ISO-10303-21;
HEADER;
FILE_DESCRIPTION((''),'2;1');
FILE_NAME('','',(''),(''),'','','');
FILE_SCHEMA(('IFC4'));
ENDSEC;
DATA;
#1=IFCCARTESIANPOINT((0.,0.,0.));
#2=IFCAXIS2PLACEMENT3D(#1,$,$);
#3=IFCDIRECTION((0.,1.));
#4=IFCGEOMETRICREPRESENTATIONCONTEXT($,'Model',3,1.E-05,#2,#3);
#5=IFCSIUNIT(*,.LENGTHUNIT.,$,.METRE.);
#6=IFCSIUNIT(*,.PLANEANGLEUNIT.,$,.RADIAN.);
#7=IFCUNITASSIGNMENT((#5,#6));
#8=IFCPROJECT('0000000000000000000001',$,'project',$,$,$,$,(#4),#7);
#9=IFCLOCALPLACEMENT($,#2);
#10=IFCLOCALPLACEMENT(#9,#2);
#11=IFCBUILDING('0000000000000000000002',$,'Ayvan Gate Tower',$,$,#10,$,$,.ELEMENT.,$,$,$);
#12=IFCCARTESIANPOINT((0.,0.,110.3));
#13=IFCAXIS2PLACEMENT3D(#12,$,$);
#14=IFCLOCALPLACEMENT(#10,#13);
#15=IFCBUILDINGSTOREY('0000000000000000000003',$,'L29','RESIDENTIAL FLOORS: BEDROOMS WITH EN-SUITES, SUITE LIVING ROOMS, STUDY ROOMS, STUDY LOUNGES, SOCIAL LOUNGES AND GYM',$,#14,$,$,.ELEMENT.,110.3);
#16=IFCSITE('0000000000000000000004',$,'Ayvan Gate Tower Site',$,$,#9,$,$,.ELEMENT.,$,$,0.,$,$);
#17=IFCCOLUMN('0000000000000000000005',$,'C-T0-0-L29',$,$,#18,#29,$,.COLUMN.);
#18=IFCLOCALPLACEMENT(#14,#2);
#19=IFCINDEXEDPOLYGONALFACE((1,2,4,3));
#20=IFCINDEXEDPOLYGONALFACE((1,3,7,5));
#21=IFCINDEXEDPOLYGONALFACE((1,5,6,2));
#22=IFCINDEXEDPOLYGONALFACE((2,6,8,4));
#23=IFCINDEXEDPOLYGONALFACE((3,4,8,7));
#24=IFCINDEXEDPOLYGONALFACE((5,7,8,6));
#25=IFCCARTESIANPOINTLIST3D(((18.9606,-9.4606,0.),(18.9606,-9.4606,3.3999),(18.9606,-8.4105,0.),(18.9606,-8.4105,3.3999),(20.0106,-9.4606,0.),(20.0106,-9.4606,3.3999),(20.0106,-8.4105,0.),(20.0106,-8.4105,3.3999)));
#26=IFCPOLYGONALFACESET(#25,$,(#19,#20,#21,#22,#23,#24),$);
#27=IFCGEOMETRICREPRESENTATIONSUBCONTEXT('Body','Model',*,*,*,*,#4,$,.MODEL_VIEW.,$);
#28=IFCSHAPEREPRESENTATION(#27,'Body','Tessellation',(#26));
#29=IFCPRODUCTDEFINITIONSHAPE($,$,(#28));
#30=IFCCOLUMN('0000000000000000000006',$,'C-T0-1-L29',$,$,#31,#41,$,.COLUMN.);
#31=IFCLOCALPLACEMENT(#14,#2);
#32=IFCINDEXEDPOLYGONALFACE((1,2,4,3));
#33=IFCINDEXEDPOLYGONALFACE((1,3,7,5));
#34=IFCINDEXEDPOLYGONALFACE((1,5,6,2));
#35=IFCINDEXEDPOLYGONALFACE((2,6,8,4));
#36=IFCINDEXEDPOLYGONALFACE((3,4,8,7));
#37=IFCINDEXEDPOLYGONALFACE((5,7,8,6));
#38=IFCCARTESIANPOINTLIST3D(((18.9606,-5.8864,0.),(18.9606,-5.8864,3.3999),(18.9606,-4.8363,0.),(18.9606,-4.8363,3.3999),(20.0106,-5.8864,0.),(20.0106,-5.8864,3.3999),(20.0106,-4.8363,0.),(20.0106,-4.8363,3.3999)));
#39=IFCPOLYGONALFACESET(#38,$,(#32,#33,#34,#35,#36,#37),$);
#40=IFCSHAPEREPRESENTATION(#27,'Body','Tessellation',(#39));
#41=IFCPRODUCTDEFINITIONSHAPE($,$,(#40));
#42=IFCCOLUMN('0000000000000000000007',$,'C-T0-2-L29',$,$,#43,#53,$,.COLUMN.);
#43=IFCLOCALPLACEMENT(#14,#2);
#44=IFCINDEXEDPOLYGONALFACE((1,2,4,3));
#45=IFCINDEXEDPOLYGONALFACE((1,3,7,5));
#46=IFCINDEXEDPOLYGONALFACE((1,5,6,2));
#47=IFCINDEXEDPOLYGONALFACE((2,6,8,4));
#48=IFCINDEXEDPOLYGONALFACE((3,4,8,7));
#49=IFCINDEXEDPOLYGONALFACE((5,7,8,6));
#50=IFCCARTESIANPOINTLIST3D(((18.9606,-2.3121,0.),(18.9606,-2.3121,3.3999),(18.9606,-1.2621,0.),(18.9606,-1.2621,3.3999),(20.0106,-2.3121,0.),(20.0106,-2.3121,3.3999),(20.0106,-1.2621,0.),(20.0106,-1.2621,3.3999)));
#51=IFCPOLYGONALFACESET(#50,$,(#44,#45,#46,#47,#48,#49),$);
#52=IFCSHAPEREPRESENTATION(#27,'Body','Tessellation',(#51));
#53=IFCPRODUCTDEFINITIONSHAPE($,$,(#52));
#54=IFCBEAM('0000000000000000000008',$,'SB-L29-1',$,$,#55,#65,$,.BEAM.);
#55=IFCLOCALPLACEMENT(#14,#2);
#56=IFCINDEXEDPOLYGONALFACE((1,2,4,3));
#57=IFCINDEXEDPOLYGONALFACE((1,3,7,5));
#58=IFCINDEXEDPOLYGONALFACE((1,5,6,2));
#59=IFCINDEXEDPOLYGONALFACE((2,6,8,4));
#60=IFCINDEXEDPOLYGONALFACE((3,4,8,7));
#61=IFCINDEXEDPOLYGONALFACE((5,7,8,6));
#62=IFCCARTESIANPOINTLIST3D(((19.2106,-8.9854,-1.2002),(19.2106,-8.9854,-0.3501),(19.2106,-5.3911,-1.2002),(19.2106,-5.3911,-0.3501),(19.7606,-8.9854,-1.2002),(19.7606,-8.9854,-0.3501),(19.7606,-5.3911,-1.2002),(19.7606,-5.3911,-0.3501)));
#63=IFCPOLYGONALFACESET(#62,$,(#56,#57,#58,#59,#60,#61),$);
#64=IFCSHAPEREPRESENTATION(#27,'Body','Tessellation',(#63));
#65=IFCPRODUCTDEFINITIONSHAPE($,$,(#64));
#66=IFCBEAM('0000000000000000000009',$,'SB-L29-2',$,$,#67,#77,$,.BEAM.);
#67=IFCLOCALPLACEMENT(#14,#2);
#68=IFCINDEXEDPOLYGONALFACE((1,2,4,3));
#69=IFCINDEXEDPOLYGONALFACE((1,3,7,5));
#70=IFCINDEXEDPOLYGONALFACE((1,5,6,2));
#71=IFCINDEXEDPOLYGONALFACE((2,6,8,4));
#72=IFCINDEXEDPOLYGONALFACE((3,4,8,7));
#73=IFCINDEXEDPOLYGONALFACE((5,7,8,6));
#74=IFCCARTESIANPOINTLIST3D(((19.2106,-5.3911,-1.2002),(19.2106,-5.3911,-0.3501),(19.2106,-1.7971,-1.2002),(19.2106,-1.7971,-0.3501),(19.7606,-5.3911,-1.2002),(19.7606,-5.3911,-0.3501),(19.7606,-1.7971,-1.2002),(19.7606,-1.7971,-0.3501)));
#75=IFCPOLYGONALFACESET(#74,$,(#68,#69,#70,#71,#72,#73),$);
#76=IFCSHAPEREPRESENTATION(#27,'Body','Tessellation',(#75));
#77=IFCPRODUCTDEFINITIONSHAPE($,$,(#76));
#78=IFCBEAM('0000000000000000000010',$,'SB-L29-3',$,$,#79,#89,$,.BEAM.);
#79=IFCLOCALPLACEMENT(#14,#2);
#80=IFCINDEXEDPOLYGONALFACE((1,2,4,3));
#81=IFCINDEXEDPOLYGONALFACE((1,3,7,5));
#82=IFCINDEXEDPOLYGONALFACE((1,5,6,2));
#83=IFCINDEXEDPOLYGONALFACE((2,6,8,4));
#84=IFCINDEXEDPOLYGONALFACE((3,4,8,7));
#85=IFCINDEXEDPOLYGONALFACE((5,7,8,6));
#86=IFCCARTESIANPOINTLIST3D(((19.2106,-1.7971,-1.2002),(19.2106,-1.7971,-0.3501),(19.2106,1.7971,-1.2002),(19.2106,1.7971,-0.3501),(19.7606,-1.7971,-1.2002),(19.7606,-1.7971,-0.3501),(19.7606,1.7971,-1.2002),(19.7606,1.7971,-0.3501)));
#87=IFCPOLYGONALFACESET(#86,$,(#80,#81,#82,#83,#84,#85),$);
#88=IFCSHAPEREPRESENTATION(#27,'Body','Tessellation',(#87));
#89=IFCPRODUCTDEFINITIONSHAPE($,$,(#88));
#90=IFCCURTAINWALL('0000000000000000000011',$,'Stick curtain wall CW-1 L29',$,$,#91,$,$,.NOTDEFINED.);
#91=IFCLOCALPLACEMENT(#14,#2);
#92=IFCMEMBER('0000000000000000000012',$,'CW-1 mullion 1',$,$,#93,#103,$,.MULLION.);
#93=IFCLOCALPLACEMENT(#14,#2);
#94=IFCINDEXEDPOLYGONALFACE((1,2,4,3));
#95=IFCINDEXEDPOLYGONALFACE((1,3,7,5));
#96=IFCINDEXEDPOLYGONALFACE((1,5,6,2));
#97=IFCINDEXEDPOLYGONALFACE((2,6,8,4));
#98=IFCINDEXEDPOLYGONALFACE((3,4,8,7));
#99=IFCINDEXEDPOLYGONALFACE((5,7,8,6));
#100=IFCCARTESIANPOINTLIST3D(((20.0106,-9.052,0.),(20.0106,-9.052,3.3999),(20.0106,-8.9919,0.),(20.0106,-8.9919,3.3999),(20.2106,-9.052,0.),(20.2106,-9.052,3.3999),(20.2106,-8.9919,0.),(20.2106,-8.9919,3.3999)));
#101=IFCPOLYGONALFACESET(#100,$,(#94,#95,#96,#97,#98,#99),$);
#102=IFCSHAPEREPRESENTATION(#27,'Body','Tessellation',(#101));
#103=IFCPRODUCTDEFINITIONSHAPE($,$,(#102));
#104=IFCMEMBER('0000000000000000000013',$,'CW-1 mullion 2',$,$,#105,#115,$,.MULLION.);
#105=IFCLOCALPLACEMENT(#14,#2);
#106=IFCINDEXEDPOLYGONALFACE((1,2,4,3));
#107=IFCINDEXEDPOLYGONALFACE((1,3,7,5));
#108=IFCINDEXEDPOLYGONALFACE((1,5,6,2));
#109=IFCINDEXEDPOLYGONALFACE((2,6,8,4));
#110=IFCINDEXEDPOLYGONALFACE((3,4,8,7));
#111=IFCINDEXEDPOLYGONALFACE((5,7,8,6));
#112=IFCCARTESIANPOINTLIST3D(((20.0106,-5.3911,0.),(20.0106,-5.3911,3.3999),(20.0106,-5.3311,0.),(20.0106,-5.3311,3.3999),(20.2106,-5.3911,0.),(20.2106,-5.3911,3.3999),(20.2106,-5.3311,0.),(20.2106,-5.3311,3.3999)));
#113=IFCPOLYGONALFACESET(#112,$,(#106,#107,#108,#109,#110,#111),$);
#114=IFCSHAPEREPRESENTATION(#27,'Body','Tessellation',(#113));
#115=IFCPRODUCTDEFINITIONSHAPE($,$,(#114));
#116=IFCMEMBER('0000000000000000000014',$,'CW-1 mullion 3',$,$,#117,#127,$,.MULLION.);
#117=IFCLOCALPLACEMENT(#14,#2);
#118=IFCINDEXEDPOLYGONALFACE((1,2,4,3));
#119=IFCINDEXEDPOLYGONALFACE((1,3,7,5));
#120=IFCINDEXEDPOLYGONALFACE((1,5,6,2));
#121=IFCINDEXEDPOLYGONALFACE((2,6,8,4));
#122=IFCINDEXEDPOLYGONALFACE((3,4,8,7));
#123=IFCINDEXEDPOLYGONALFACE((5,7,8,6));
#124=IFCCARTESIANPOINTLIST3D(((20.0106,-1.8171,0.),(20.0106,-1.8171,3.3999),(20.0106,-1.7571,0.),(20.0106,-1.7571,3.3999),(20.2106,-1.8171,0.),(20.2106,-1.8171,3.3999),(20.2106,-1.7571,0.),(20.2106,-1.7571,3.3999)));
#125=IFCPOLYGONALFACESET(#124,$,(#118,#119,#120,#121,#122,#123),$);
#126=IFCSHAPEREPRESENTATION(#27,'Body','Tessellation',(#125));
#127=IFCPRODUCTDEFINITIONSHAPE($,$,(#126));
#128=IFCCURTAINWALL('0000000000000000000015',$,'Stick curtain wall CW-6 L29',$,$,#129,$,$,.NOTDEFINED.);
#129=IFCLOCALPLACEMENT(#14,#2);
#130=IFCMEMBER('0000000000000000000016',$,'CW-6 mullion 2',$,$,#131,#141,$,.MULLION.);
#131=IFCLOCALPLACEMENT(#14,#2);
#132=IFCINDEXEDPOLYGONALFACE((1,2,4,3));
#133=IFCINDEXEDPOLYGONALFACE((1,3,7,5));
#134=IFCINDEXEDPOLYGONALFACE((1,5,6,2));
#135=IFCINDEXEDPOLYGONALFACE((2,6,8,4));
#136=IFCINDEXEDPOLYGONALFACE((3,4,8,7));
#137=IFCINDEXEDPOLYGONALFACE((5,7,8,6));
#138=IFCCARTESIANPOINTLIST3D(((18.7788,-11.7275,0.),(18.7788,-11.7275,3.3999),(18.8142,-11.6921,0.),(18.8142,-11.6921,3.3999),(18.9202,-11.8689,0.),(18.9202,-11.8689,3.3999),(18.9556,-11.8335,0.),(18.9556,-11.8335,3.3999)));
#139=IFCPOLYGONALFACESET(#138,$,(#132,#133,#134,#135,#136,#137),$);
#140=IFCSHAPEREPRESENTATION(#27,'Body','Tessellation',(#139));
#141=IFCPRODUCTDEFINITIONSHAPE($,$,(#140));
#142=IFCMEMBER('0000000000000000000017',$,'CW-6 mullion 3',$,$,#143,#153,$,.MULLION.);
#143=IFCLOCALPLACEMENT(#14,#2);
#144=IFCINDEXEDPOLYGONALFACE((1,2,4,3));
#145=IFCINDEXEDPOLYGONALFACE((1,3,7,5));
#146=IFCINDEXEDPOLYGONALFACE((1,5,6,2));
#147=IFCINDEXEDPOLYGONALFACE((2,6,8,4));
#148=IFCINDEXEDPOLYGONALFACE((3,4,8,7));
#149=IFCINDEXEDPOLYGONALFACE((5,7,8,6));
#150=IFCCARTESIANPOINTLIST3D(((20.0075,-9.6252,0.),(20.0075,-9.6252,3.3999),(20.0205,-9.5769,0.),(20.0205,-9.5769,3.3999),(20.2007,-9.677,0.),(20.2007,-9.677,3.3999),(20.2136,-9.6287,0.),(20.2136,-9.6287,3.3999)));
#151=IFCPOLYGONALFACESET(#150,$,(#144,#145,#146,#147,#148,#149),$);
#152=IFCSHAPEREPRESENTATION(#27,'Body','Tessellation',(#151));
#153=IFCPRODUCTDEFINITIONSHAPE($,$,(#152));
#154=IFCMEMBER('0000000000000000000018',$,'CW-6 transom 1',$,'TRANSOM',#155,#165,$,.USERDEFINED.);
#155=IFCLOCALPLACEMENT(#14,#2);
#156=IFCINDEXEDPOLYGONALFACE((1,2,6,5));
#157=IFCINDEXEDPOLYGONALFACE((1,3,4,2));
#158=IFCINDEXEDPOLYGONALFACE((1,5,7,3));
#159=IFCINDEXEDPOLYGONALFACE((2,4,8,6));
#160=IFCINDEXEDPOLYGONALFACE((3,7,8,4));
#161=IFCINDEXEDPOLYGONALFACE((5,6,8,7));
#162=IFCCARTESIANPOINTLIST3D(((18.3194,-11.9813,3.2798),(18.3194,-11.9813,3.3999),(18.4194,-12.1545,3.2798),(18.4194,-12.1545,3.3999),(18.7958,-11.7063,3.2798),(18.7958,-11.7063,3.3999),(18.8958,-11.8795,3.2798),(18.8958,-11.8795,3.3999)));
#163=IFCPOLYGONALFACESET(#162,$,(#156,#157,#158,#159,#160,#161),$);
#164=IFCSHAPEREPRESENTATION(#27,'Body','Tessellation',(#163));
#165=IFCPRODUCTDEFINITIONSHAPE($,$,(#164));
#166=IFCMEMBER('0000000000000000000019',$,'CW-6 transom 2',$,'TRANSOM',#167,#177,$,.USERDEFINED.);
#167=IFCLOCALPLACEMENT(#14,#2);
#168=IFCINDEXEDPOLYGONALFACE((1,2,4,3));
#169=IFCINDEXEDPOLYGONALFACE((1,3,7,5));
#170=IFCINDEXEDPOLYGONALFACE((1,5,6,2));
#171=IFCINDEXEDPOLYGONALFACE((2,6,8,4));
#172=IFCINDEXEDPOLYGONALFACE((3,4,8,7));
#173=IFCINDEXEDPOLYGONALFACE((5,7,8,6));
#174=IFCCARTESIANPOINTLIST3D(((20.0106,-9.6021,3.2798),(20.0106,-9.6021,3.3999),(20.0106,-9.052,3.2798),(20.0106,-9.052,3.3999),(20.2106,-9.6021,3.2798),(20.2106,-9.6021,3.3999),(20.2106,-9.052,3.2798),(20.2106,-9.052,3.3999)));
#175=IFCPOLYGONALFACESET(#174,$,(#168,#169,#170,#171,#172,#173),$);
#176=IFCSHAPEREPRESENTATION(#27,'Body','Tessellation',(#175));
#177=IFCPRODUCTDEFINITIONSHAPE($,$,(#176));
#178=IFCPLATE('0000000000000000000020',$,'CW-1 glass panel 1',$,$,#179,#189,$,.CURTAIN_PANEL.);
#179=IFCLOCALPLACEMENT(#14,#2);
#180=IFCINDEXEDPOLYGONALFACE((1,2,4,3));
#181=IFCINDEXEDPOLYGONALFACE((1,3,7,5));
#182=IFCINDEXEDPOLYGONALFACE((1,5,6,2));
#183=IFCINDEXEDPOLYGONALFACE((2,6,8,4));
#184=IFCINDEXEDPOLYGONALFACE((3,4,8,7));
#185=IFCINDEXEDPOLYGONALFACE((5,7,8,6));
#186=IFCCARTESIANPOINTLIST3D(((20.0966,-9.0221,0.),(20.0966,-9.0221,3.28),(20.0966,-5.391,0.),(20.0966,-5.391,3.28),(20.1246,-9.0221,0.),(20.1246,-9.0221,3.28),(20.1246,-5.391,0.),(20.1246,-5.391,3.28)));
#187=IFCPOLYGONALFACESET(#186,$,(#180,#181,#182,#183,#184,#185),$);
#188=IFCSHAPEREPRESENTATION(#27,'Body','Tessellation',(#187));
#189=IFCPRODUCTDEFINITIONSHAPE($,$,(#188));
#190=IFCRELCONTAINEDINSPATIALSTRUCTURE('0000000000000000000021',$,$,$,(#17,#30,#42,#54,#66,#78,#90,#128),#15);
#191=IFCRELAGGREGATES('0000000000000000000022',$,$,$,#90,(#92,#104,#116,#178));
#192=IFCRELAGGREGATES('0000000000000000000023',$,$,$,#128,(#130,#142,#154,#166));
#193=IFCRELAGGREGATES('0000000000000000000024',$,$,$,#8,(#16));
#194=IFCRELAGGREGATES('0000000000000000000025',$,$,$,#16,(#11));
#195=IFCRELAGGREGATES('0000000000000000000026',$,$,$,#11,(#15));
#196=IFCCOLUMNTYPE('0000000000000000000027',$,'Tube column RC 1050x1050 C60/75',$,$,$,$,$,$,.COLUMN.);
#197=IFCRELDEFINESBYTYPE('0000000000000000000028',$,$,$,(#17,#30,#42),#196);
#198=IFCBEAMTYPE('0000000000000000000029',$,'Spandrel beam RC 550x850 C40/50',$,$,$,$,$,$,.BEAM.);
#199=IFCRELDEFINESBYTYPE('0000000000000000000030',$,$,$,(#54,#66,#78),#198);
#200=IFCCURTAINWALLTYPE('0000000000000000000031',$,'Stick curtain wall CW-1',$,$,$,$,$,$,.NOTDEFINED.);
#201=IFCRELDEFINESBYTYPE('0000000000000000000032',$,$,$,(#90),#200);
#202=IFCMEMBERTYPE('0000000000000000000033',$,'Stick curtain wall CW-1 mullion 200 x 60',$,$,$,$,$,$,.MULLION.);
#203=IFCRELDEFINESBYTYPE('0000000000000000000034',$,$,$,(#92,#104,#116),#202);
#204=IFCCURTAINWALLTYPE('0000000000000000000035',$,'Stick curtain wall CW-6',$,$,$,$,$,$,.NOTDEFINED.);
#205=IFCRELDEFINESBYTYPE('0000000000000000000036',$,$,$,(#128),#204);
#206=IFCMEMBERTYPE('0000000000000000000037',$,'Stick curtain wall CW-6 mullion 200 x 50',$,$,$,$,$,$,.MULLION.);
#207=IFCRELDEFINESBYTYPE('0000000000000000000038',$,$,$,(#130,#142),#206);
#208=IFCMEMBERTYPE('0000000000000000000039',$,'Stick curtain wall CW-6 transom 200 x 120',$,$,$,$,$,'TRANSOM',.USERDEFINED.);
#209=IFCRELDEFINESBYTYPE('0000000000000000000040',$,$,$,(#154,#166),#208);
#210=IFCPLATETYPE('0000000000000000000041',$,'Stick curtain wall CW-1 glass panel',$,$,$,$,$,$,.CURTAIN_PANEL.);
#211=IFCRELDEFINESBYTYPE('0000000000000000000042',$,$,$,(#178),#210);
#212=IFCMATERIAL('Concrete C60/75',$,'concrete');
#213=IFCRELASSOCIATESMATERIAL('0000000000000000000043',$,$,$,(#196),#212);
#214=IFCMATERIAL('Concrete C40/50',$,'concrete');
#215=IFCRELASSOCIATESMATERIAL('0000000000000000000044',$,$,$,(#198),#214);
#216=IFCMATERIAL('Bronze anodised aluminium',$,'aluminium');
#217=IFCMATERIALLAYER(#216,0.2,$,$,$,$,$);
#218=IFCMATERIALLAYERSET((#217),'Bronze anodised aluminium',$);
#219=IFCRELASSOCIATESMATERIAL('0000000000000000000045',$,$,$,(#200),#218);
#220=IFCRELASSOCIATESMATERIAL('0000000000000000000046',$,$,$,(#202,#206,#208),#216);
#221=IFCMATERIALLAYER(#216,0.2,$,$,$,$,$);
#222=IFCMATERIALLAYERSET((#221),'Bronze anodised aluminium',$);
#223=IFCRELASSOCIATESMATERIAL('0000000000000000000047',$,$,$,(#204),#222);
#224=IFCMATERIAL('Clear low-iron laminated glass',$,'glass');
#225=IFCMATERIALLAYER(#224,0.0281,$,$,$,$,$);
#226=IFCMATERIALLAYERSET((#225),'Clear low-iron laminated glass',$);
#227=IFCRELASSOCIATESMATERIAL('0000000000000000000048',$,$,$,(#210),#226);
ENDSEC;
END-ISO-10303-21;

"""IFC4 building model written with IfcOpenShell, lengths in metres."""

from ifc_helpers import new_model, si_unit, direction, frame, origin, origin_2d, place, context, subcontext, project, spatial, rectangle, extrude, material, layer, layer_set, material_profile, profile_set, type_object, element, aggregate, save


model = new_model("IFC4")

# Units and contexts
model_context = context("Model", 3, precision=1e-05, world=origin(), true_north=direction((0.0, 1.0)))
body_context = subcontext(model_context, "Body", "Model", "MODEL_VIEW")
ifc_project = project(units=[si_unit("LENGTHUNIT", "METRE"), si_unit("PLANEANGLEUNIT", "RADIAN")], contexts=[model_context])

# Site, building, storey
site_placement = place(None, origin())
site = spatial("IfcSite", under=ifc_project, at=site_placement, Name="Ayvan Gate Tower Site", CompositionType="ELEMENT", RefElevation=0.0)
building_placement = place(site_placement, origin())
building = spatial("IfcBuilding", under=site, at=building_placement, Name="Ayvan Gate Tower", CompositionType="ELEMENT")
storey_placement = place(building_placement, frame((0.0, 0.0, 110.3)))
storey = spatial("IfcBuildingStorey", under=building, at=storey_placement, Name="L29", Description="RESIDENTIAL FLOORS: BEDROOMS WITH EN-SUITES, SUITE LIVING ROOMS, STUDY ROOMS, STUDY LOUNGES, SOCIAL LOUNGES AND GYM", CompositionType="ELEMENT", Elevation=110.3)

# Columns
ifc_material_1 = material(Name="Concrete C60/75", Category="concrete")
ifc_material_profile_1 = material_profile(ifc_material_1, rectangle(XDim=1.05, YDim=1.05, at=origin_2d()), Name="RC 1050x1050")
ifc_profile_set_1 = profile_set([ifc_material_profile_1], Name="Concrete C60/75")
column_type = type_object("IfcColumnType", Name="Tube column RC 1050x1050 C60/75", PredefinedType="COLUMN", material=ifc_profile_set_1)
for number, where, z_axis, x_axis, name in (
    (1, (19.4856, -8.9355, 0.0), (0.0, 0.0, 1.0), (1.0, 0.0, 0.0), "C-T0-0-L29"),
    (2, (19.4856, -5.3613, 0.0), (0.0, 0.0, 1.0), (1.0, 0.0, 0.0), "C-T0-1-L29"),
    (3, (19.4856, -1.7871, 0.0), (0.0, 0.0, 1.0), (1.0, 0.0, 0.0), "C-T0-2-L29"),
):
    element("IfcColumn", number, at=place(storey_placement, frame(where, z_axis=z_axis, x_axis=x_axis)), inside=storey, type_object=column_type, Name=name, PredefinedType="COLUMN", context=body_context, shape_type="SweptSolid", body=[
        extrude(rectangle(XDim=1.05, YDim=1.05, at=origin_2d()), origin(), (0.0, 0.0, 1.0), 3.3999),
    ])

# Beams
ifc_material_2 = material(Name="Concrete C40/50", Category="concrete")
ifc_material_profile_2 = material_profile(ifc_material_2, rectangle(XDim=0.55, YDim=0.8501, at=origin_2d()), Name="RC 550x850")
ifc_profile_set_2 = profile_set([ifc_material_profile_2], Name="Concrete C40/50")
beam_type = type_object("IfcBeamType", Name="Spandrel beam RC 550x850 C40/50", PredefinedType="BEAM", material=ifc_profile_set_2)
beam_1_placement = place(storey_placement, frame((19.4856, -8.9854, -0.7751), z_axis=(0.0, 1.0, 0.0), x_axis=(-1.0, 0.0, 0.0)))
element("IfcBeam", 4, at=beam_1_placement, inside=storey, type_object=beam_type, Name="SB-L29-1", PredefinedType="BEAM", context=body_context, shape_type="SweptSolid", body=[
    extrude(rectangle(XDim=0.55, YDim=0.8501, at=origin_2d()), origin(), (0.0, 0.0, 1.0), 3.5942),
])
beam_2_placement = place(storey_placement, frame((19.4856, -5.3911, -0.7751), z_axis=(0.0, 1.0, 0.0), x_axis=(-1.0, 0.0, 0.0)))
element("IfcBeam", 5, at=beam_2_placement, inside=storey, type_object=beam_type, Name="SB-L29-2", PredefinedType="BEAM", context=body_context, shape_type="SweptSolid", body=[
    extrude(rectangle(XDim=0.55, YDim=0.8501, at=origin_2d()), origin(), (0.0, 0.0, 1.0), 3.594),
])
beam_3_placement = place(storey_placement, frame((19.4856, -1.7971, -0.7751), z_axis=(0.0, 1.0, 0.0), x_axis=(-1.0, 0.0, 0.0)))
element("IfcBeam", 6, at=beam_3_placement, inside=storey, type_object=beam_type, Name="SB-L29-3", PredefinedType="BEAM", context=body_context, shape_type="SweptSolid", body=[
    extrude(rectangle(XDim=0.55, YDim=0.8501, at=origin_2d()), origin(), (0.0, 0.0, 1.0), 3.5942),
])

# Curtain walls, members
ifc_material_3 = material(Name="Bronze anodised aluminium", Category="aluminium")
ifc_layer_1 = layer(ifc_material_3, 0.2)
ifc_layer_set_1 = layer_set([ifc_layer_1], Name="Bronze anodised aluminium")
curtain_wall_type_1 = type_object("IfcCurtainWallType", Name="Stick curtain wall CW-1", PredefinedType="NOTDEFINED", material=ifc_layer_set_1)
curtain_wall_1_placement = place(storey_placement, origin())
curtain_wall_1 = element("IfcCurtainWall", 7, at=curtain_wall_1_placement, inside=storey, type_object=curtain_wall_type_1, Name="Stick curtain wall CW-1 L29", PredefinedType="NOTDEFINED")
ifc_material_profile_3 = material_profile(ifc_material_3, rectangle(XDim=0.2, YDim=0.0601, at=origin_2d()), Name="Stick curtain wall CW-1 mullion 200 x 60")
ifc_profile_set_3 = profile_set([ifc_material_profile_3], Name="Bronze anodised aluminium")
member_type_1 = type_object("IfcMemberType", Name="Stick curtain wall CW-1 mullion 200 x 60", PredefinedType="MULLION", material=ifc_profile_set_3)
member_1_placement = place(storey_placement, frame((20.1106, -9.022, 0.0), z_axis=(0.0, 0.0, 1.0), x_axis=(1.0, 0.0, 0.0)))
member_1 = element("IfcMember", 8, at=member_1_placement, type_object=member_type_1, Name="CW-1 mullion 1", PredefinedType="MULLION", context=body_context, shape_type="SweptSolid", body=[
    extrude(rectangle(XDim=0.2, YDim=0.0601, at=origin_2d()), origin(), (0.0, 0.0, 1.0), 3.3999),
])
member_2_placement = place(storey_placement, frame((20.1106, -5.3611, 0.0), z_axis=(0.0, 0.0, 1.0), x_axis=(1.0, 0.0, 0.0)))
member_2 = element("IfcMember", 9, at=member_2_placement, type_object=member_type_1, Name="CW-1 mullion 2", PredefinedType="MULLION", context=body_context, shape_type="SweptSolid", body=[
    extrude(rectangle(XDim=0.2, YDim=0.0601, at=origin_2d()), origin(), (0.0, 0.0, 1.0), 3.3999),
])
member_3_placement = place(storey_placement, frame((20.1106, -1.7871, 0.0), z_axis=(0.0, 0.0, 1.0), x_axis=(1.0, 0.0, 0.0)))
member_3 = element("IfcMember", 10, at=member_3_placement, type_object=member_type_1, Name="CW-1 mullion 3", PredefinedType="MULLION", context=body_context, shape_type="SweptSolid", body=[
    extrude(rectangle(XDim=0.2, YDim=0.0601, at=origin_2d()), origin(), (0.0, 0.0, 1.0), 3.3999),
])
ifc_layer_2 = layer(ifc_material_3, 0.2)
ifc_layer_set_2 = layer_set([ifc_layer_2], Name="Bronze anodised aluminium")
curtain_wall_type_2 = type_object("IfcCurtainWallType", Name="Stick curtain wall CW-6", PredefinedType="NOTDEFINED", material=ifc_layer_set_2)
curtain_wall_2_placement = place(storey_placement, origin())
curtain_wall_2 = element("IfcCurtainWall", 11, at=curtain_wall_2_placement, inside=storey, type_object=curtain_wall_type_2, Name="Stick curtain wall CW-6 L29", PredefinedType="NOTDEFINED")
ifc_material_profile_4 = material_profile(ifc_material_3, rectangle(XDim=0.2, YDim=0.05, at=origin_2d()), Name="Stick curtain wall CW-6 mullion 200 x 50")
ifc_profile_set_4 = profile_set([ifc_material_profile_4], Name="Bronze anodised aluminium")
member_type_2 = type_object("IfcMemberType", Name="Stick curtain wall CW-6 mullion 200 x 50", PredefinedType="MULLION", material=ifc_profile_set_4)
member_4_placement = place(storey_placement, frame((18.8672, -11.7805, 0.0), z_axis=(0.0, 0.0, 1.0), x_axis=(0.707107, -0.707107, 0.0)))
member_4 = element("IfcMember", 12, at=member_4_placement, type_object=member_type_2, Name="CW-6 mullion 2", PredefinedType="MULLION", context=body_context, shape_type="SweptSolid", body=[
    extrude(rectangle(XDim=0.2, YDim=0.05, at=origin_2d()), origin(), (0.0, 0.0, 1.0), 3.3999),
])
member_5_placement = place(storey_placement, frame((20.1106, -9.627, 0.0), z_axis=(0.0, 0.0, 1.0), x_axis=(0.965926, -0.258819, 0.0)))
member_5 = element("IfcMember", 13, at=member_5_placement, type_object=member_type_2, Name="CW-6 mullion 3", PredefinedType="MULLION", context=body_context, shape_type="SweptSolid", body=[
    extrude(rectangle(XDim=0.2, YDim=0.05, at=origin_2d()), origin(), (0.0, 0.0, 1.0), 3.3999),
])
ifc_material_profile_5 = material_profile(ifc_material_3, rectangle(XDim=0.2, YDim=0.1201, at=origin_2d()), Name="Stick curtain wall CW-6 transom 200 x 120")
ifc_profile_set_5 = profile_set([ifc_material_profile_5], Name="Bronze anodised aluminium")
member_type_3 = type_object("IfcMemberType", Name="Stick curtain wall CW-6 transom 200 x 120", ElementType="TRANSOM", PredefinedType="USERDEFINED", material=ifc_profile_set_5)
member_6_placement = place(storey_placement, frame((18.3694, -12.0679, 3.3398), z_axis=(0.866104, 0.499863, 0.0), x_axis=(-0.499863, 0.866104, 0.0)))
member_6 = element("IfcMember", 14, at=member_6_placement, type_object=member_type_3, Name="CW-6 transom 1", ObjectType="TRANSOM", PredefinedType="USERDEFINED", context=body_context, shape_type="SweptSolid", body=[
    extrude(rectangle(XDim=0.2, YDim=0.1201, at=origin_2d()), origin(), (0.0, 0.0, 1.0), 0.55),
])
member_7_placement = place(storey_placement, frame((20.1106, -9.6021, 3.3398), z_axis=(0.0, 1.0, 0.0), x_axis=(-1.0, 0.0, 0.0)))
member_7 = element("IfcMember", 15, at=member_7_placement, type_object=member_type_3, Name="CW-6 transom 2", ObjectType="TRANSOM", PredefinedType="USERDEFINED", context=body_context, shape_type="SweptSolid", body=[
    extrude(rectangle(XDim=0.2, YDim=0.1201, at=origin_2d()), origin(), (0.0, 0.0, 1.0), 0.55),
])

# Plate
ifc_material_4 = material(Name="Clear low-iron laminated glass", Category="glass")
ifc_layer_3 = layer(ifc_material_4, 0.0281)
ifc_layer_set_3 = layer_set([ifc_layer_3], Name="Clear low-iron laminated glass")
plate_type_1 = type_object("IfcPlateType", Name="Stick curtain wall CW-1 glass panel", PredefinedType="CURTAIN_PANEL", material=ifc_layer_set_3)
plate_1_placement = place(storey_placement, frame((20.1106, -7.2065, 0.0), z_axis=(0.0, 0.0, 1.0), x_axis=(0.0, 1.0, 0.0)))
plate_1 = element("IfcPlate", 16, at=plate_1_placement, type_object=plate_type_1, Name="CW-1 glass panel 1", PredefinedType="CURTAIN_PANEL", context=body_context, shape_type="SweptSolid", body=[
    extrude(rectangle(XDim=3.6311, YDim=0.0281, at=origin_2d()), origin(), (0.0, 0.0, 1.0), 3.28),
])
aggregate(curtain_wall_1, [member_1, member_2, member_3, plate_1])
aggregate(curtain_wall_2, [member_4, member_5, member_6, member_7])

save(model, "model.ifc")
